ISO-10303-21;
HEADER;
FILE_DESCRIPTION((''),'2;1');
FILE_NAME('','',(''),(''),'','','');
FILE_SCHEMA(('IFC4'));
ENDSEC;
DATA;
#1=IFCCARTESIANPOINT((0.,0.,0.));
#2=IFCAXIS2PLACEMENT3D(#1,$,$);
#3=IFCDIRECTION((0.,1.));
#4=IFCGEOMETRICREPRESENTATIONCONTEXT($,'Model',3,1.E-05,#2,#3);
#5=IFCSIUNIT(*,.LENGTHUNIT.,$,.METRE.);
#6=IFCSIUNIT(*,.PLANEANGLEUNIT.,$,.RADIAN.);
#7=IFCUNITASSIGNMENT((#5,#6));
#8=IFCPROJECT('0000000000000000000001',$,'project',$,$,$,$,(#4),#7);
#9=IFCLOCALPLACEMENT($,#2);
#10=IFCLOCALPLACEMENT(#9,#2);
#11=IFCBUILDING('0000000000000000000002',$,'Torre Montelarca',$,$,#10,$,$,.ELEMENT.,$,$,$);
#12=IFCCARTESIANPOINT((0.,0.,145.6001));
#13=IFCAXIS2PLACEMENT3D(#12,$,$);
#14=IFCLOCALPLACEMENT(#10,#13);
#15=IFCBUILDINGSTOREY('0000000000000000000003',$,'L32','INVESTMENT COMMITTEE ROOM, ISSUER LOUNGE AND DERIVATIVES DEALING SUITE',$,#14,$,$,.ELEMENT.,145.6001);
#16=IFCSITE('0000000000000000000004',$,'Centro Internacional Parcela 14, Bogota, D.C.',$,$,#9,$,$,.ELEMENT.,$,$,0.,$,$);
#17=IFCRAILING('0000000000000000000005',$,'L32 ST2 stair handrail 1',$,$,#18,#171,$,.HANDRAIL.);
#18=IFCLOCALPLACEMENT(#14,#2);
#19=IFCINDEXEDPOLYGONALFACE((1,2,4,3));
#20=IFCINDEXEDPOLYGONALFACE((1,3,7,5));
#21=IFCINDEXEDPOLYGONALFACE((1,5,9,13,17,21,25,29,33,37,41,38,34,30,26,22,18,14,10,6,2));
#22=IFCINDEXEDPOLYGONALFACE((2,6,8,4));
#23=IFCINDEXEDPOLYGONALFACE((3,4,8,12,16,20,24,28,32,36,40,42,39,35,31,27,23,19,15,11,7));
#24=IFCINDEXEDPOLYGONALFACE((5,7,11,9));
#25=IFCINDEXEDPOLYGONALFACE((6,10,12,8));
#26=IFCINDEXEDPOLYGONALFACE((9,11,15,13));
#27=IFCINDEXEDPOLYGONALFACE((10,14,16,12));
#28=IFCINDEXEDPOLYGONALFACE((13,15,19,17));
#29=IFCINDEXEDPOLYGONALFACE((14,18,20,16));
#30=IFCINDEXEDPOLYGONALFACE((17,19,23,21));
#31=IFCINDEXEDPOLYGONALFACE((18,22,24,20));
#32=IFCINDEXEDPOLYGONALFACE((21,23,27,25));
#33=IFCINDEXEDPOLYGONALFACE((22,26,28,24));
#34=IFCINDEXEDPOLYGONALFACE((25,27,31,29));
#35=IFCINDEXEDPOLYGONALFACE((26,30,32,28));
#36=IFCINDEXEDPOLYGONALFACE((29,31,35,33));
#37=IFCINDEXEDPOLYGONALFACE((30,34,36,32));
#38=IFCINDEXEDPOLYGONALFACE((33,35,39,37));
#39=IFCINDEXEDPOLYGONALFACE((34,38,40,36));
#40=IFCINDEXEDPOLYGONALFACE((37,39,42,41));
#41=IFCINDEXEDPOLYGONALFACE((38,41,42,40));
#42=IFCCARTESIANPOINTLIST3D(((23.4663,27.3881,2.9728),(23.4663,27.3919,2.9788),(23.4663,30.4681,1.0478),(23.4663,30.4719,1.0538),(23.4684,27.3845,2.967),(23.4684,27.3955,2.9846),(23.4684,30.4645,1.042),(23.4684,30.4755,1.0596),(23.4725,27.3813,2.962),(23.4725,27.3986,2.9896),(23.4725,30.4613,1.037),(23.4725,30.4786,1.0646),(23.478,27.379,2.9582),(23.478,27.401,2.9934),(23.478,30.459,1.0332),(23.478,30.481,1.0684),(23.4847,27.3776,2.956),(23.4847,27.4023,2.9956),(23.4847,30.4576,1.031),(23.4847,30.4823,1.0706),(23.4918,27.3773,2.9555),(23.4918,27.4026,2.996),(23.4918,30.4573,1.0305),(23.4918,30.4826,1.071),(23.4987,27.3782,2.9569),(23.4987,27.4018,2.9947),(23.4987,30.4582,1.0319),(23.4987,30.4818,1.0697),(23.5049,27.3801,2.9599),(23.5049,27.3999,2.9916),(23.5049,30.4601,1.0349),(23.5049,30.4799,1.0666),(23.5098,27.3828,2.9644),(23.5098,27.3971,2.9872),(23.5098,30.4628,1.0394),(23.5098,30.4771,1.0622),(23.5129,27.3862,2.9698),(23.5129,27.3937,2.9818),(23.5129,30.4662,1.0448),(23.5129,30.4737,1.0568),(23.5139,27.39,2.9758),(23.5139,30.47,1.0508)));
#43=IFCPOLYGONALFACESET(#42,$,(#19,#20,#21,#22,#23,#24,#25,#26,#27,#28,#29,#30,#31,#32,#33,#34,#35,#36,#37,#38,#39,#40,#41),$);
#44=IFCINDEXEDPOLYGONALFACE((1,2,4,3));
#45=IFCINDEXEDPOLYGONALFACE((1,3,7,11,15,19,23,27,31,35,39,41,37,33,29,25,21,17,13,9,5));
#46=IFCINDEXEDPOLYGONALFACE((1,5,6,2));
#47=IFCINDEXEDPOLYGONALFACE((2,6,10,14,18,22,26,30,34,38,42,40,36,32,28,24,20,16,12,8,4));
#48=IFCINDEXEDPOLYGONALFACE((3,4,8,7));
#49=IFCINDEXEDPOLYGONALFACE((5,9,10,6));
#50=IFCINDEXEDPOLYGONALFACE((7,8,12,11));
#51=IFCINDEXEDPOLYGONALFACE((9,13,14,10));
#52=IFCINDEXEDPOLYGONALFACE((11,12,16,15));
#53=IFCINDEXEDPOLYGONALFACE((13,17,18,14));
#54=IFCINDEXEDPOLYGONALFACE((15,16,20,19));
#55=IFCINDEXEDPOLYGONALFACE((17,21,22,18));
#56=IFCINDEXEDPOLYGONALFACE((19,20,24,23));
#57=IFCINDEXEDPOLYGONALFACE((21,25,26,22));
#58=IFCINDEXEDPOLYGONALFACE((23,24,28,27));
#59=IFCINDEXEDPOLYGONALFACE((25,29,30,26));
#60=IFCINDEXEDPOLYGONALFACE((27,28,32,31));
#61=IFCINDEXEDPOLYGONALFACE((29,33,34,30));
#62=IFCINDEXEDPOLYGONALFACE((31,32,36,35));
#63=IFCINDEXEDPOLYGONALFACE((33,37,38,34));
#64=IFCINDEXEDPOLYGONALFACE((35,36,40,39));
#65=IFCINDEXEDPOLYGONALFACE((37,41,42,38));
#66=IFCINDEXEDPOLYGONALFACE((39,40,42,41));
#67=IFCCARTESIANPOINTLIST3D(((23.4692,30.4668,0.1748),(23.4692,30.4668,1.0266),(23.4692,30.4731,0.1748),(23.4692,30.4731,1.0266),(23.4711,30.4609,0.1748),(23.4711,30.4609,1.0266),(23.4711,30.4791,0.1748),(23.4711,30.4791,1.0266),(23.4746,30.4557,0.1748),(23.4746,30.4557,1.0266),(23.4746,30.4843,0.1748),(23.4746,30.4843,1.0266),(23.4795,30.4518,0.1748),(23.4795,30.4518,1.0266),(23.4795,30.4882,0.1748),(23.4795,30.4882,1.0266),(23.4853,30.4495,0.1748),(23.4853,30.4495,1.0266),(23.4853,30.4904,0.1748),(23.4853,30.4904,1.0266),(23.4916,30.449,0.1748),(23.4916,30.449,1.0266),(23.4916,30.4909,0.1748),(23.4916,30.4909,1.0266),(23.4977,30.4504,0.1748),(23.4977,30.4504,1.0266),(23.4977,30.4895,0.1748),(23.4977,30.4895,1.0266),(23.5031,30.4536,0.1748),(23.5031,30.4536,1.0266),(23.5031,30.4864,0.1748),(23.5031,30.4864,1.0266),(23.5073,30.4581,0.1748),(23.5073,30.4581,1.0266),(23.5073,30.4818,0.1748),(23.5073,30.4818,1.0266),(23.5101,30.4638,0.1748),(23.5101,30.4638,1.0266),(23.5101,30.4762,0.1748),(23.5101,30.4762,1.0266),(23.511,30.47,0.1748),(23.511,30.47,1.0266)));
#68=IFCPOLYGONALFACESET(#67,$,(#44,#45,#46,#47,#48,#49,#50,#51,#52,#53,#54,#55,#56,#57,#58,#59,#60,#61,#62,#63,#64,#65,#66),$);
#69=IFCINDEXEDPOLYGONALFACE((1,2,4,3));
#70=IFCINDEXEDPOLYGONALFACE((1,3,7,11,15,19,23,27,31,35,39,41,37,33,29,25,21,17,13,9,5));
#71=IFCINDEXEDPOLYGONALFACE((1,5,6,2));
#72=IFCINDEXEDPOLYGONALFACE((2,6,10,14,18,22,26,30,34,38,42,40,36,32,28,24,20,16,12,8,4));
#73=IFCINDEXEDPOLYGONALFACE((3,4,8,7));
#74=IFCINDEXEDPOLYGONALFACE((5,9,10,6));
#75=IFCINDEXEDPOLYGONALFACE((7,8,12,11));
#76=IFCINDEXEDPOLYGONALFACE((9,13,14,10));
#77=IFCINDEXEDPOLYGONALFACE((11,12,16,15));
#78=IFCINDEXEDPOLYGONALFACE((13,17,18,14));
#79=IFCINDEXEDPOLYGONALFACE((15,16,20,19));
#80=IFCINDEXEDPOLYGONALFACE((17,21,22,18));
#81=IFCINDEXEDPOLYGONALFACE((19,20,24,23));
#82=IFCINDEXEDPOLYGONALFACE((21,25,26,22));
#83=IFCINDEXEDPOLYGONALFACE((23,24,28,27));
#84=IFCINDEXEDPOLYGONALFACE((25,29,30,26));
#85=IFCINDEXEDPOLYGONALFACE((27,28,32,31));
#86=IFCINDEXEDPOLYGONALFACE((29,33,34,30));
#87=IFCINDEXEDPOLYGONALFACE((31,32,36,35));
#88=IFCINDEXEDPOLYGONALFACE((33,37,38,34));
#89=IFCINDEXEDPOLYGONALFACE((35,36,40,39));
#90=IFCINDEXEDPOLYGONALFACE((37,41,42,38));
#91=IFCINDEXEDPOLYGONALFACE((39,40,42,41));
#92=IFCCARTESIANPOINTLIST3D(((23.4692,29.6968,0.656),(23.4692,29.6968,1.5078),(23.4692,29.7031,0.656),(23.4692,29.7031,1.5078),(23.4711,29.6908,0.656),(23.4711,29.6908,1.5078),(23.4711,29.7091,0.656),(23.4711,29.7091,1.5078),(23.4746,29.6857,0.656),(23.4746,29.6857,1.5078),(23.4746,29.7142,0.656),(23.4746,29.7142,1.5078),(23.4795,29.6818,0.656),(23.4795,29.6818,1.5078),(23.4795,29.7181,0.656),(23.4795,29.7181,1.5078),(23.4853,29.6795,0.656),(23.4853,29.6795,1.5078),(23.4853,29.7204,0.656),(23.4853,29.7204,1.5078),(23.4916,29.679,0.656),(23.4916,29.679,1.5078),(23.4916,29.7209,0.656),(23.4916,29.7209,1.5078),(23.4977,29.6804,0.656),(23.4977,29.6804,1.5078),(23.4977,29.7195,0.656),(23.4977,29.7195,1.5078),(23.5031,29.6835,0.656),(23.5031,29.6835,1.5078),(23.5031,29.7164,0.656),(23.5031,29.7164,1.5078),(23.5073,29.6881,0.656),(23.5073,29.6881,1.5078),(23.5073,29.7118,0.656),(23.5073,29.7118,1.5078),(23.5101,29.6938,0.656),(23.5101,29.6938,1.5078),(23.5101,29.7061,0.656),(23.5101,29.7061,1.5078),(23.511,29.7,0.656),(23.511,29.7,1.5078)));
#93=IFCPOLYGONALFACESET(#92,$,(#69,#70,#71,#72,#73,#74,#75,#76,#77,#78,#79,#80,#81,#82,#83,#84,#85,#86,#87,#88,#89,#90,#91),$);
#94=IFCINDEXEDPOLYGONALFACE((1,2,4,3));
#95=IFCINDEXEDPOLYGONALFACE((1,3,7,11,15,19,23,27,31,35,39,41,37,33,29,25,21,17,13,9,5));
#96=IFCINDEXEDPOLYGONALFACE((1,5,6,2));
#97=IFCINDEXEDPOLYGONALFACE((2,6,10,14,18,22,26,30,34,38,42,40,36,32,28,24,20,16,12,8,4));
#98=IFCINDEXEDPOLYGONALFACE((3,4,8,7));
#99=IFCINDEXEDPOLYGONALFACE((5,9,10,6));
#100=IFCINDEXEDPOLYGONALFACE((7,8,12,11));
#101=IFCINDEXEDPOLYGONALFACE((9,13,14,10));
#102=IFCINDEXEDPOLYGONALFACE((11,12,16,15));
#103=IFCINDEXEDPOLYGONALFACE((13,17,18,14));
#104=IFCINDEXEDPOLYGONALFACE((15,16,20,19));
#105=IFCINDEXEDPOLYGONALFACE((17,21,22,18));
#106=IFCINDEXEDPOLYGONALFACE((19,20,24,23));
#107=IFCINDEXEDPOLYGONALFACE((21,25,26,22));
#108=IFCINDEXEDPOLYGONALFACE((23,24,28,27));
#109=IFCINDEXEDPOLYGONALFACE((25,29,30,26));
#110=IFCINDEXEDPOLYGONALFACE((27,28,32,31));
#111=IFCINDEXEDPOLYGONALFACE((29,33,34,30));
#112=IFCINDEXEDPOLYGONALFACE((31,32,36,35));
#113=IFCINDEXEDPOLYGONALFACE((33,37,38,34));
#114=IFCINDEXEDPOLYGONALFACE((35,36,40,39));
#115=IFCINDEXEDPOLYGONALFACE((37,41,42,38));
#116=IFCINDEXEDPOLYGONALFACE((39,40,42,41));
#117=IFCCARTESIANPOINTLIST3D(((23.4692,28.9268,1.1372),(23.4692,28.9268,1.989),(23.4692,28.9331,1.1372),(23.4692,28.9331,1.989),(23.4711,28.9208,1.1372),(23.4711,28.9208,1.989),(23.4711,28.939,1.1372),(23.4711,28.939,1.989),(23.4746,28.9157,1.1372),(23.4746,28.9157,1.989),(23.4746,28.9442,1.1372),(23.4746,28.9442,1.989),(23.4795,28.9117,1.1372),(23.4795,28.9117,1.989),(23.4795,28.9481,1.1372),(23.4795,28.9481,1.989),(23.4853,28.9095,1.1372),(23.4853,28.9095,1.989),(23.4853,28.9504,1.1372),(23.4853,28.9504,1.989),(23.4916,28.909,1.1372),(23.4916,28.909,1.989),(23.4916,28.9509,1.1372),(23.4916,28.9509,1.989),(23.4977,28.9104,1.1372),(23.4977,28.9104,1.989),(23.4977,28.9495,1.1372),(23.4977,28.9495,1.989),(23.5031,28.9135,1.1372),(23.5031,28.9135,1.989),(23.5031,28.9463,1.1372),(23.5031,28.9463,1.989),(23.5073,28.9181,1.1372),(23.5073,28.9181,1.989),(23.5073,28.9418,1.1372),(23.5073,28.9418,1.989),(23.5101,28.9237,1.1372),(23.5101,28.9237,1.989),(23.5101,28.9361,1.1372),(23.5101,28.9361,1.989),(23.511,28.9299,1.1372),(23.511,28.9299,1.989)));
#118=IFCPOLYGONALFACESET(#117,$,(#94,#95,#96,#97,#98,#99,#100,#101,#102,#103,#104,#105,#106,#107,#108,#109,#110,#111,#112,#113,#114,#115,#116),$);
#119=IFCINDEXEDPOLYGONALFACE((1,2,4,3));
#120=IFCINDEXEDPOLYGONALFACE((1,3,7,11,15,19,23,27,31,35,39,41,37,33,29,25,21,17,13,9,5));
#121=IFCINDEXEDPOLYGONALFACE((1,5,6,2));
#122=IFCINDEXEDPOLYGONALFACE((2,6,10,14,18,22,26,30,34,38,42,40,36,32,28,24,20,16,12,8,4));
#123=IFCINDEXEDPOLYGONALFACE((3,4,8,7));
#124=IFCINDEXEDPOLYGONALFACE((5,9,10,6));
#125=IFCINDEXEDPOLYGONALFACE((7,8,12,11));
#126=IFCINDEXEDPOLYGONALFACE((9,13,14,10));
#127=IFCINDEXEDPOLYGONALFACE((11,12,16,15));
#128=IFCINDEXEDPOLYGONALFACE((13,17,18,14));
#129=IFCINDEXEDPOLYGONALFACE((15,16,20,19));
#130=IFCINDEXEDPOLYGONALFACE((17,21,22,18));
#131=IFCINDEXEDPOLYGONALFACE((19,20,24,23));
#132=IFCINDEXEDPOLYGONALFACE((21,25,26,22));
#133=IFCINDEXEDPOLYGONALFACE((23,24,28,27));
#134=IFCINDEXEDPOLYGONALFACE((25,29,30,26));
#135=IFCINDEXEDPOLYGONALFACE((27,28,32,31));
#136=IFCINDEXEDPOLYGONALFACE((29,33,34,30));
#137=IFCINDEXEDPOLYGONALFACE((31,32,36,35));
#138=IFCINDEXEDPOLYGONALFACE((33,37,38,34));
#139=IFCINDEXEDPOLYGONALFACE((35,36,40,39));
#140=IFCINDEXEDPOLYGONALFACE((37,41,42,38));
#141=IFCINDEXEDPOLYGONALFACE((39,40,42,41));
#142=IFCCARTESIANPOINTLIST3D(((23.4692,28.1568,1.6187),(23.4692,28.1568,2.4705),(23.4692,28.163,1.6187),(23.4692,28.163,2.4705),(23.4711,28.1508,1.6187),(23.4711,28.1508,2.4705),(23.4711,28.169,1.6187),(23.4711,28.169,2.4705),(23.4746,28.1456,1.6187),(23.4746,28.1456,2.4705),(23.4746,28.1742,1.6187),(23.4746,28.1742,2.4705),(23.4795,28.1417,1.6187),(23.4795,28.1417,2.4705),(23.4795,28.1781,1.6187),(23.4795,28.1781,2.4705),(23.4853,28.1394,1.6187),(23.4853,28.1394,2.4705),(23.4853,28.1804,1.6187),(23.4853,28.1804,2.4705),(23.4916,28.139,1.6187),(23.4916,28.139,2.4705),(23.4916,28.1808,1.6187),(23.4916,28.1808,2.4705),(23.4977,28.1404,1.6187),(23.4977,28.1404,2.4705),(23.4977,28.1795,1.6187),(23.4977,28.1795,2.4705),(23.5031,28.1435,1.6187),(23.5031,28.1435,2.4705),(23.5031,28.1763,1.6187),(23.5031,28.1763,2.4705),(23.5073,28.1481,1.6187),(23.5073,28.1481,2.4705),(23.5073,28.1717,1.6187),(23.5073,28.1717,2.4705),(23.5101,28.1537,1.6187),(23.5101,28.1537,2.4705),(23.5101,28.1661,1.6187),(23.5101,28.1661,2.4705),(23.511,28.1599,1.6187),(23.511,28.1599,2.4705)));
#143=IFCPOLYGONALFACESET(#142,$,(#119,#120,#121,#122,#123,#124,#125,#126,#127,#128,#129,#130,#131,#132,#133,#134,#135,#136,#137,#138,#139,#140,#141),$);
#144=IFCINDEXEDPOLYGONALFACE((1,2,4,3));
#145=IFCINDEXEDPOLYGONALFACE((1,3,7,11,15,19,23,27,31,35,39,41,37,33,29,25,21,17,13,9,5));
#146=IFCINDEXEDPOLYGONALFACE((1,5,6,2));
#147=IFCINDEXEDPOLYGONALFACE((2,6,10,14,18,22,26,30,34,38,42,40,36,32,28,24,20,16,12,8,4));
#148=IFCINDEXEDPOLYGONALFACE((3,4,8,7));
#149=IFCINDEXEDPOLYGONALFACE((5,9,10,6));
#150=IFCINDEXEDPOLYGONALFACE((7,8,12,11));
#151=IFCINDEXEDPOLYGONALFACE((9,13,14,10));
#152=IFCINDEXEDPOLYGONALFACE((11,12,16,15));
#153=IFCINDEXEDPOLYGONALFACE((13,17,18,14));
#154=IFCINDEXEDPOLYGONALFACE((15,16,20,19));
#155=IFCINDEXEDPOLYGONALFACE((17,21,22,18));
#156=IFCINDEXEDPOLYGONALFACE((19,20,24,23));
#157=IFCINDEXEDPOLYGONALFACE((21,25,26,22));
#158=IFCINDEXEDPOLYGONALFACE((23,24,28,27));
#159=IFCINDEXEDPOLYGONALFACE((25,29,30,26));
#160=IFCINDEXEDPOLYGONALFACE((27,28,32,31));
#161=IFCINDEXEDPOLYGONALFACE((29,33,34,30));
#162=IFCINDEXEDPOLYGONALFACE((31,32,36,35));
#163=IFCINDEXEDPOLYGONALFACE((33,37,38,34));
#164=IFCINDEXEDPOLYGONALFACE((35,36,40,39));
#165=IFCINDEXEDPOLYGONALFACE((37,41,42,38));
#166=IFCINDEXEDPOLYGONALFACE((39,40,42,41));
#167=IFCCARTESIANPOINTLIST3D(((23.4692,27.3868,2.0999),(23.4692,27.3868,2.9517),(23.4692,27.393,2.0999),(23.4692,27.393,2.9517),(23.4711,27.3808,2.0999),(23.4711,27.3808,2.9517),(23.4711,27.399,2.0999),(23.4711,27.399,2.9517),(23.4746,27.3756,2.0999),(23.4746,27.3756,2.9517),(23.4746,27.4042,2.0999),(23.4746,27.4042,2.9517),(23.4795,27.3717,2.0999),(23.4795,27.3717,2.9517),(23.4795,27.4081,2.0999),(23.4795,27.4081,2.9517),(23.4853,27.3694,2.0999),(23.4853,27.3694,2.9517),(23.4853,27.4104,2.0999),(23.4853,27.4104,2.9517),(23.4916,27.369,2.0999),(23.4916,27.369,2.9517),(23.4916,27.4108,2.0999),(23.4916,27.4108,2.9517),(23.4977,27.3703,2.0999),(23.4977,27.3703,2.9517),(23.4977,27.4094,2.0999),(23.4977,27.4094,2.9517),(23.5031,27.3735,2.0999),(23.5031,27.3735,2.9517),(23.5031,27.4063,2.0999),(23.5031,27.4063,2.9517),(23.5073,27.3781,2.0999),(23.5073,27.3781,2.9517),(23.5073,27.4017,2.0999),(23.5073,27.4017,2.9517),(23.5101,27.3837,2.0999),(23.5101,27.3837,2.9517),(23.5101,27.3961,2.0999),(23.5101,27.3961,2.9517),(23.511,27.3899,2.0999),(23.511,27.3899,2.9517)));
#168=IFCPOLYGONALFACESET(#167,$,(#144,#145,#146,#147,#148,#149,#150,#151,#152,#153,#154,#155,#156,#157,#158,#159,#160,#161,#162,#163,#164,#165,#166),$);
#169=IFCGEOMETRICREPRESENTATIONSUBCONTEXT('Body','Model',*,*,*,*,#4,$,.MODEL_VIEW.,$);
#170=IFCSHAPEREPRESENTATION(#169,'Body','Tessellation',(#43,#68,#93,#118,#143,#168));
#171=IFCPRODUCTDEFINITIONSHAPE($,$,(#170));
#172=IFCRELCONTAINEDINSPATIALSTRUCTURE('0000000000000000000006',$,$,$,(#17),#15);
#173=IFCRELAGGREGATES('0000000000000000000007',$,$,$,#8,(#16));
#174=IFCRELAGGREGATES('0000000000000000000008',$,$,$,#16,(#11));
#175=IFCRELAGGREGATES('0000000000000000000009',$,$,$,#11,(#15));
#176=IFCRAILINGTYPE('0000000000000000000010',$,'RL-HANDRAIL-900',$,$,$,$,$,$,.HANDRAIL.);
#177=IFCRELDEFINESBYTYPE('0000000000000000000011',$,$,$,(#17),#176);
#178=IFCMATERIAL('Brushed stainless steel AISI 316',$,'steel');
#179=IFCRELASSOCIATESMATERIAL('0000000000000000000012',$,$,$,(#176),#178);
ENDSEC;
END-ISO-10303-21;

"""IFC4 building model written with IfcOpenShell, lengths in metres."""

from ifc_helpers import new_model, si_unit, direction, frame, origin, origin_2d, place, context, subcontext, project, spatial, circle, extrude, material, type_object, element, save


model = new_model("IFC4")

# Units and contexts
model_context = context("Model", 3, precision=1e-05, world=origin(), true_north=direction((0.0, 1.0)))
body_context = subcontext(model_context, "Body", "Model", "MODEL_VIEW")
ifc_project = project(units=[si_unit("LENGTHUNIT", "METRE"), si_unit("PLANEANGLEUNIT", "RADIAN")], contexts=[model_context])

# Site, building, storey
site_placement = place(None, origin())
site = spatial("IfcSite", under=ifc_project, at=site_placement, Name="Centro Internacional Parcela 14, Bogota, D.C.", CompositionType="ELEMENT", RefElevation=0.0)
building_placement = place(site_placement, origin())
building = spatial("IfcBuilding", under=site, at=building_placement, Name="Torre Montelarca", CompositionType="ELEMENT")
storey_placement = place(building_placement, frame((0.0, 0.0, 145.6001)))
storey = spatial("IfcBuildingStorey", under=building, at=storey_placement, Name="L32", Description="INVESTMENT COMMITTEE ROOM, ISSUER LOUNGE AND DERIVATIVES DEALING SUITE", CompositionType="ELEMENT", Elevation=145.6001)

# Railing
ifc_material_1 = material(Name="Brushed stainless steel AISI 316", Category="steel")
railing_type_1 = type_object("IfcRailingType", Name="RL-HANDRAIL-900", PredefinedType="HANDRAIL", material=ifc_material_1)
railing_1_placement = place(storey_placement, frame((23.49, 30.47, 0.1748)))
element("IfcRailing", 1, at=railing_1_placement, inside=storey, type_object=railing_type_1, Name="L32 ST2 stair handrail 1", PredefinedType="HANDRAIL", context=body_context, shape_type="SweptSolid", body=[
    extrude(circle(Radius=0.0239, at=origin_2d()), frame((0.0, 0.0, 0.876), z_axis=(0.0, -0.847998, 0.529999), x_axis=(1.0, 0.0, 0.0)), (0.0, 0.0, 1.0), 3.6321),
    extrude(circle(Radius=0.021, at=origin_2d()), origin(), (0.0, 0.0, 1.0), 0.8518),
    extrude(circle(Radius=0.021, at=origin_2d()), frame((0.0, -0.77, 0.4812)), (0.0, 0.0, 1.0), 0.8518),
    extrude(circle(Radius=0.021, at=origin_2d()), frame((0.0, -1.54, 0.9624)), (0.0, 0.0, 1.0), 0.8518),
    extrude(circle(Radius=0.021, at=origin_2d()), frame((0.0, -2.3101, 1.4438)), (0.0, 0.0, 1.0), 0.8518),
    extrude(circle(Radius=0.021, at=origin_2d()), frame((0.0, -3.0801, 1.925)), (0.0, 0.0, 1.0), 0.8518),
])

save(model, "model.ifc")
